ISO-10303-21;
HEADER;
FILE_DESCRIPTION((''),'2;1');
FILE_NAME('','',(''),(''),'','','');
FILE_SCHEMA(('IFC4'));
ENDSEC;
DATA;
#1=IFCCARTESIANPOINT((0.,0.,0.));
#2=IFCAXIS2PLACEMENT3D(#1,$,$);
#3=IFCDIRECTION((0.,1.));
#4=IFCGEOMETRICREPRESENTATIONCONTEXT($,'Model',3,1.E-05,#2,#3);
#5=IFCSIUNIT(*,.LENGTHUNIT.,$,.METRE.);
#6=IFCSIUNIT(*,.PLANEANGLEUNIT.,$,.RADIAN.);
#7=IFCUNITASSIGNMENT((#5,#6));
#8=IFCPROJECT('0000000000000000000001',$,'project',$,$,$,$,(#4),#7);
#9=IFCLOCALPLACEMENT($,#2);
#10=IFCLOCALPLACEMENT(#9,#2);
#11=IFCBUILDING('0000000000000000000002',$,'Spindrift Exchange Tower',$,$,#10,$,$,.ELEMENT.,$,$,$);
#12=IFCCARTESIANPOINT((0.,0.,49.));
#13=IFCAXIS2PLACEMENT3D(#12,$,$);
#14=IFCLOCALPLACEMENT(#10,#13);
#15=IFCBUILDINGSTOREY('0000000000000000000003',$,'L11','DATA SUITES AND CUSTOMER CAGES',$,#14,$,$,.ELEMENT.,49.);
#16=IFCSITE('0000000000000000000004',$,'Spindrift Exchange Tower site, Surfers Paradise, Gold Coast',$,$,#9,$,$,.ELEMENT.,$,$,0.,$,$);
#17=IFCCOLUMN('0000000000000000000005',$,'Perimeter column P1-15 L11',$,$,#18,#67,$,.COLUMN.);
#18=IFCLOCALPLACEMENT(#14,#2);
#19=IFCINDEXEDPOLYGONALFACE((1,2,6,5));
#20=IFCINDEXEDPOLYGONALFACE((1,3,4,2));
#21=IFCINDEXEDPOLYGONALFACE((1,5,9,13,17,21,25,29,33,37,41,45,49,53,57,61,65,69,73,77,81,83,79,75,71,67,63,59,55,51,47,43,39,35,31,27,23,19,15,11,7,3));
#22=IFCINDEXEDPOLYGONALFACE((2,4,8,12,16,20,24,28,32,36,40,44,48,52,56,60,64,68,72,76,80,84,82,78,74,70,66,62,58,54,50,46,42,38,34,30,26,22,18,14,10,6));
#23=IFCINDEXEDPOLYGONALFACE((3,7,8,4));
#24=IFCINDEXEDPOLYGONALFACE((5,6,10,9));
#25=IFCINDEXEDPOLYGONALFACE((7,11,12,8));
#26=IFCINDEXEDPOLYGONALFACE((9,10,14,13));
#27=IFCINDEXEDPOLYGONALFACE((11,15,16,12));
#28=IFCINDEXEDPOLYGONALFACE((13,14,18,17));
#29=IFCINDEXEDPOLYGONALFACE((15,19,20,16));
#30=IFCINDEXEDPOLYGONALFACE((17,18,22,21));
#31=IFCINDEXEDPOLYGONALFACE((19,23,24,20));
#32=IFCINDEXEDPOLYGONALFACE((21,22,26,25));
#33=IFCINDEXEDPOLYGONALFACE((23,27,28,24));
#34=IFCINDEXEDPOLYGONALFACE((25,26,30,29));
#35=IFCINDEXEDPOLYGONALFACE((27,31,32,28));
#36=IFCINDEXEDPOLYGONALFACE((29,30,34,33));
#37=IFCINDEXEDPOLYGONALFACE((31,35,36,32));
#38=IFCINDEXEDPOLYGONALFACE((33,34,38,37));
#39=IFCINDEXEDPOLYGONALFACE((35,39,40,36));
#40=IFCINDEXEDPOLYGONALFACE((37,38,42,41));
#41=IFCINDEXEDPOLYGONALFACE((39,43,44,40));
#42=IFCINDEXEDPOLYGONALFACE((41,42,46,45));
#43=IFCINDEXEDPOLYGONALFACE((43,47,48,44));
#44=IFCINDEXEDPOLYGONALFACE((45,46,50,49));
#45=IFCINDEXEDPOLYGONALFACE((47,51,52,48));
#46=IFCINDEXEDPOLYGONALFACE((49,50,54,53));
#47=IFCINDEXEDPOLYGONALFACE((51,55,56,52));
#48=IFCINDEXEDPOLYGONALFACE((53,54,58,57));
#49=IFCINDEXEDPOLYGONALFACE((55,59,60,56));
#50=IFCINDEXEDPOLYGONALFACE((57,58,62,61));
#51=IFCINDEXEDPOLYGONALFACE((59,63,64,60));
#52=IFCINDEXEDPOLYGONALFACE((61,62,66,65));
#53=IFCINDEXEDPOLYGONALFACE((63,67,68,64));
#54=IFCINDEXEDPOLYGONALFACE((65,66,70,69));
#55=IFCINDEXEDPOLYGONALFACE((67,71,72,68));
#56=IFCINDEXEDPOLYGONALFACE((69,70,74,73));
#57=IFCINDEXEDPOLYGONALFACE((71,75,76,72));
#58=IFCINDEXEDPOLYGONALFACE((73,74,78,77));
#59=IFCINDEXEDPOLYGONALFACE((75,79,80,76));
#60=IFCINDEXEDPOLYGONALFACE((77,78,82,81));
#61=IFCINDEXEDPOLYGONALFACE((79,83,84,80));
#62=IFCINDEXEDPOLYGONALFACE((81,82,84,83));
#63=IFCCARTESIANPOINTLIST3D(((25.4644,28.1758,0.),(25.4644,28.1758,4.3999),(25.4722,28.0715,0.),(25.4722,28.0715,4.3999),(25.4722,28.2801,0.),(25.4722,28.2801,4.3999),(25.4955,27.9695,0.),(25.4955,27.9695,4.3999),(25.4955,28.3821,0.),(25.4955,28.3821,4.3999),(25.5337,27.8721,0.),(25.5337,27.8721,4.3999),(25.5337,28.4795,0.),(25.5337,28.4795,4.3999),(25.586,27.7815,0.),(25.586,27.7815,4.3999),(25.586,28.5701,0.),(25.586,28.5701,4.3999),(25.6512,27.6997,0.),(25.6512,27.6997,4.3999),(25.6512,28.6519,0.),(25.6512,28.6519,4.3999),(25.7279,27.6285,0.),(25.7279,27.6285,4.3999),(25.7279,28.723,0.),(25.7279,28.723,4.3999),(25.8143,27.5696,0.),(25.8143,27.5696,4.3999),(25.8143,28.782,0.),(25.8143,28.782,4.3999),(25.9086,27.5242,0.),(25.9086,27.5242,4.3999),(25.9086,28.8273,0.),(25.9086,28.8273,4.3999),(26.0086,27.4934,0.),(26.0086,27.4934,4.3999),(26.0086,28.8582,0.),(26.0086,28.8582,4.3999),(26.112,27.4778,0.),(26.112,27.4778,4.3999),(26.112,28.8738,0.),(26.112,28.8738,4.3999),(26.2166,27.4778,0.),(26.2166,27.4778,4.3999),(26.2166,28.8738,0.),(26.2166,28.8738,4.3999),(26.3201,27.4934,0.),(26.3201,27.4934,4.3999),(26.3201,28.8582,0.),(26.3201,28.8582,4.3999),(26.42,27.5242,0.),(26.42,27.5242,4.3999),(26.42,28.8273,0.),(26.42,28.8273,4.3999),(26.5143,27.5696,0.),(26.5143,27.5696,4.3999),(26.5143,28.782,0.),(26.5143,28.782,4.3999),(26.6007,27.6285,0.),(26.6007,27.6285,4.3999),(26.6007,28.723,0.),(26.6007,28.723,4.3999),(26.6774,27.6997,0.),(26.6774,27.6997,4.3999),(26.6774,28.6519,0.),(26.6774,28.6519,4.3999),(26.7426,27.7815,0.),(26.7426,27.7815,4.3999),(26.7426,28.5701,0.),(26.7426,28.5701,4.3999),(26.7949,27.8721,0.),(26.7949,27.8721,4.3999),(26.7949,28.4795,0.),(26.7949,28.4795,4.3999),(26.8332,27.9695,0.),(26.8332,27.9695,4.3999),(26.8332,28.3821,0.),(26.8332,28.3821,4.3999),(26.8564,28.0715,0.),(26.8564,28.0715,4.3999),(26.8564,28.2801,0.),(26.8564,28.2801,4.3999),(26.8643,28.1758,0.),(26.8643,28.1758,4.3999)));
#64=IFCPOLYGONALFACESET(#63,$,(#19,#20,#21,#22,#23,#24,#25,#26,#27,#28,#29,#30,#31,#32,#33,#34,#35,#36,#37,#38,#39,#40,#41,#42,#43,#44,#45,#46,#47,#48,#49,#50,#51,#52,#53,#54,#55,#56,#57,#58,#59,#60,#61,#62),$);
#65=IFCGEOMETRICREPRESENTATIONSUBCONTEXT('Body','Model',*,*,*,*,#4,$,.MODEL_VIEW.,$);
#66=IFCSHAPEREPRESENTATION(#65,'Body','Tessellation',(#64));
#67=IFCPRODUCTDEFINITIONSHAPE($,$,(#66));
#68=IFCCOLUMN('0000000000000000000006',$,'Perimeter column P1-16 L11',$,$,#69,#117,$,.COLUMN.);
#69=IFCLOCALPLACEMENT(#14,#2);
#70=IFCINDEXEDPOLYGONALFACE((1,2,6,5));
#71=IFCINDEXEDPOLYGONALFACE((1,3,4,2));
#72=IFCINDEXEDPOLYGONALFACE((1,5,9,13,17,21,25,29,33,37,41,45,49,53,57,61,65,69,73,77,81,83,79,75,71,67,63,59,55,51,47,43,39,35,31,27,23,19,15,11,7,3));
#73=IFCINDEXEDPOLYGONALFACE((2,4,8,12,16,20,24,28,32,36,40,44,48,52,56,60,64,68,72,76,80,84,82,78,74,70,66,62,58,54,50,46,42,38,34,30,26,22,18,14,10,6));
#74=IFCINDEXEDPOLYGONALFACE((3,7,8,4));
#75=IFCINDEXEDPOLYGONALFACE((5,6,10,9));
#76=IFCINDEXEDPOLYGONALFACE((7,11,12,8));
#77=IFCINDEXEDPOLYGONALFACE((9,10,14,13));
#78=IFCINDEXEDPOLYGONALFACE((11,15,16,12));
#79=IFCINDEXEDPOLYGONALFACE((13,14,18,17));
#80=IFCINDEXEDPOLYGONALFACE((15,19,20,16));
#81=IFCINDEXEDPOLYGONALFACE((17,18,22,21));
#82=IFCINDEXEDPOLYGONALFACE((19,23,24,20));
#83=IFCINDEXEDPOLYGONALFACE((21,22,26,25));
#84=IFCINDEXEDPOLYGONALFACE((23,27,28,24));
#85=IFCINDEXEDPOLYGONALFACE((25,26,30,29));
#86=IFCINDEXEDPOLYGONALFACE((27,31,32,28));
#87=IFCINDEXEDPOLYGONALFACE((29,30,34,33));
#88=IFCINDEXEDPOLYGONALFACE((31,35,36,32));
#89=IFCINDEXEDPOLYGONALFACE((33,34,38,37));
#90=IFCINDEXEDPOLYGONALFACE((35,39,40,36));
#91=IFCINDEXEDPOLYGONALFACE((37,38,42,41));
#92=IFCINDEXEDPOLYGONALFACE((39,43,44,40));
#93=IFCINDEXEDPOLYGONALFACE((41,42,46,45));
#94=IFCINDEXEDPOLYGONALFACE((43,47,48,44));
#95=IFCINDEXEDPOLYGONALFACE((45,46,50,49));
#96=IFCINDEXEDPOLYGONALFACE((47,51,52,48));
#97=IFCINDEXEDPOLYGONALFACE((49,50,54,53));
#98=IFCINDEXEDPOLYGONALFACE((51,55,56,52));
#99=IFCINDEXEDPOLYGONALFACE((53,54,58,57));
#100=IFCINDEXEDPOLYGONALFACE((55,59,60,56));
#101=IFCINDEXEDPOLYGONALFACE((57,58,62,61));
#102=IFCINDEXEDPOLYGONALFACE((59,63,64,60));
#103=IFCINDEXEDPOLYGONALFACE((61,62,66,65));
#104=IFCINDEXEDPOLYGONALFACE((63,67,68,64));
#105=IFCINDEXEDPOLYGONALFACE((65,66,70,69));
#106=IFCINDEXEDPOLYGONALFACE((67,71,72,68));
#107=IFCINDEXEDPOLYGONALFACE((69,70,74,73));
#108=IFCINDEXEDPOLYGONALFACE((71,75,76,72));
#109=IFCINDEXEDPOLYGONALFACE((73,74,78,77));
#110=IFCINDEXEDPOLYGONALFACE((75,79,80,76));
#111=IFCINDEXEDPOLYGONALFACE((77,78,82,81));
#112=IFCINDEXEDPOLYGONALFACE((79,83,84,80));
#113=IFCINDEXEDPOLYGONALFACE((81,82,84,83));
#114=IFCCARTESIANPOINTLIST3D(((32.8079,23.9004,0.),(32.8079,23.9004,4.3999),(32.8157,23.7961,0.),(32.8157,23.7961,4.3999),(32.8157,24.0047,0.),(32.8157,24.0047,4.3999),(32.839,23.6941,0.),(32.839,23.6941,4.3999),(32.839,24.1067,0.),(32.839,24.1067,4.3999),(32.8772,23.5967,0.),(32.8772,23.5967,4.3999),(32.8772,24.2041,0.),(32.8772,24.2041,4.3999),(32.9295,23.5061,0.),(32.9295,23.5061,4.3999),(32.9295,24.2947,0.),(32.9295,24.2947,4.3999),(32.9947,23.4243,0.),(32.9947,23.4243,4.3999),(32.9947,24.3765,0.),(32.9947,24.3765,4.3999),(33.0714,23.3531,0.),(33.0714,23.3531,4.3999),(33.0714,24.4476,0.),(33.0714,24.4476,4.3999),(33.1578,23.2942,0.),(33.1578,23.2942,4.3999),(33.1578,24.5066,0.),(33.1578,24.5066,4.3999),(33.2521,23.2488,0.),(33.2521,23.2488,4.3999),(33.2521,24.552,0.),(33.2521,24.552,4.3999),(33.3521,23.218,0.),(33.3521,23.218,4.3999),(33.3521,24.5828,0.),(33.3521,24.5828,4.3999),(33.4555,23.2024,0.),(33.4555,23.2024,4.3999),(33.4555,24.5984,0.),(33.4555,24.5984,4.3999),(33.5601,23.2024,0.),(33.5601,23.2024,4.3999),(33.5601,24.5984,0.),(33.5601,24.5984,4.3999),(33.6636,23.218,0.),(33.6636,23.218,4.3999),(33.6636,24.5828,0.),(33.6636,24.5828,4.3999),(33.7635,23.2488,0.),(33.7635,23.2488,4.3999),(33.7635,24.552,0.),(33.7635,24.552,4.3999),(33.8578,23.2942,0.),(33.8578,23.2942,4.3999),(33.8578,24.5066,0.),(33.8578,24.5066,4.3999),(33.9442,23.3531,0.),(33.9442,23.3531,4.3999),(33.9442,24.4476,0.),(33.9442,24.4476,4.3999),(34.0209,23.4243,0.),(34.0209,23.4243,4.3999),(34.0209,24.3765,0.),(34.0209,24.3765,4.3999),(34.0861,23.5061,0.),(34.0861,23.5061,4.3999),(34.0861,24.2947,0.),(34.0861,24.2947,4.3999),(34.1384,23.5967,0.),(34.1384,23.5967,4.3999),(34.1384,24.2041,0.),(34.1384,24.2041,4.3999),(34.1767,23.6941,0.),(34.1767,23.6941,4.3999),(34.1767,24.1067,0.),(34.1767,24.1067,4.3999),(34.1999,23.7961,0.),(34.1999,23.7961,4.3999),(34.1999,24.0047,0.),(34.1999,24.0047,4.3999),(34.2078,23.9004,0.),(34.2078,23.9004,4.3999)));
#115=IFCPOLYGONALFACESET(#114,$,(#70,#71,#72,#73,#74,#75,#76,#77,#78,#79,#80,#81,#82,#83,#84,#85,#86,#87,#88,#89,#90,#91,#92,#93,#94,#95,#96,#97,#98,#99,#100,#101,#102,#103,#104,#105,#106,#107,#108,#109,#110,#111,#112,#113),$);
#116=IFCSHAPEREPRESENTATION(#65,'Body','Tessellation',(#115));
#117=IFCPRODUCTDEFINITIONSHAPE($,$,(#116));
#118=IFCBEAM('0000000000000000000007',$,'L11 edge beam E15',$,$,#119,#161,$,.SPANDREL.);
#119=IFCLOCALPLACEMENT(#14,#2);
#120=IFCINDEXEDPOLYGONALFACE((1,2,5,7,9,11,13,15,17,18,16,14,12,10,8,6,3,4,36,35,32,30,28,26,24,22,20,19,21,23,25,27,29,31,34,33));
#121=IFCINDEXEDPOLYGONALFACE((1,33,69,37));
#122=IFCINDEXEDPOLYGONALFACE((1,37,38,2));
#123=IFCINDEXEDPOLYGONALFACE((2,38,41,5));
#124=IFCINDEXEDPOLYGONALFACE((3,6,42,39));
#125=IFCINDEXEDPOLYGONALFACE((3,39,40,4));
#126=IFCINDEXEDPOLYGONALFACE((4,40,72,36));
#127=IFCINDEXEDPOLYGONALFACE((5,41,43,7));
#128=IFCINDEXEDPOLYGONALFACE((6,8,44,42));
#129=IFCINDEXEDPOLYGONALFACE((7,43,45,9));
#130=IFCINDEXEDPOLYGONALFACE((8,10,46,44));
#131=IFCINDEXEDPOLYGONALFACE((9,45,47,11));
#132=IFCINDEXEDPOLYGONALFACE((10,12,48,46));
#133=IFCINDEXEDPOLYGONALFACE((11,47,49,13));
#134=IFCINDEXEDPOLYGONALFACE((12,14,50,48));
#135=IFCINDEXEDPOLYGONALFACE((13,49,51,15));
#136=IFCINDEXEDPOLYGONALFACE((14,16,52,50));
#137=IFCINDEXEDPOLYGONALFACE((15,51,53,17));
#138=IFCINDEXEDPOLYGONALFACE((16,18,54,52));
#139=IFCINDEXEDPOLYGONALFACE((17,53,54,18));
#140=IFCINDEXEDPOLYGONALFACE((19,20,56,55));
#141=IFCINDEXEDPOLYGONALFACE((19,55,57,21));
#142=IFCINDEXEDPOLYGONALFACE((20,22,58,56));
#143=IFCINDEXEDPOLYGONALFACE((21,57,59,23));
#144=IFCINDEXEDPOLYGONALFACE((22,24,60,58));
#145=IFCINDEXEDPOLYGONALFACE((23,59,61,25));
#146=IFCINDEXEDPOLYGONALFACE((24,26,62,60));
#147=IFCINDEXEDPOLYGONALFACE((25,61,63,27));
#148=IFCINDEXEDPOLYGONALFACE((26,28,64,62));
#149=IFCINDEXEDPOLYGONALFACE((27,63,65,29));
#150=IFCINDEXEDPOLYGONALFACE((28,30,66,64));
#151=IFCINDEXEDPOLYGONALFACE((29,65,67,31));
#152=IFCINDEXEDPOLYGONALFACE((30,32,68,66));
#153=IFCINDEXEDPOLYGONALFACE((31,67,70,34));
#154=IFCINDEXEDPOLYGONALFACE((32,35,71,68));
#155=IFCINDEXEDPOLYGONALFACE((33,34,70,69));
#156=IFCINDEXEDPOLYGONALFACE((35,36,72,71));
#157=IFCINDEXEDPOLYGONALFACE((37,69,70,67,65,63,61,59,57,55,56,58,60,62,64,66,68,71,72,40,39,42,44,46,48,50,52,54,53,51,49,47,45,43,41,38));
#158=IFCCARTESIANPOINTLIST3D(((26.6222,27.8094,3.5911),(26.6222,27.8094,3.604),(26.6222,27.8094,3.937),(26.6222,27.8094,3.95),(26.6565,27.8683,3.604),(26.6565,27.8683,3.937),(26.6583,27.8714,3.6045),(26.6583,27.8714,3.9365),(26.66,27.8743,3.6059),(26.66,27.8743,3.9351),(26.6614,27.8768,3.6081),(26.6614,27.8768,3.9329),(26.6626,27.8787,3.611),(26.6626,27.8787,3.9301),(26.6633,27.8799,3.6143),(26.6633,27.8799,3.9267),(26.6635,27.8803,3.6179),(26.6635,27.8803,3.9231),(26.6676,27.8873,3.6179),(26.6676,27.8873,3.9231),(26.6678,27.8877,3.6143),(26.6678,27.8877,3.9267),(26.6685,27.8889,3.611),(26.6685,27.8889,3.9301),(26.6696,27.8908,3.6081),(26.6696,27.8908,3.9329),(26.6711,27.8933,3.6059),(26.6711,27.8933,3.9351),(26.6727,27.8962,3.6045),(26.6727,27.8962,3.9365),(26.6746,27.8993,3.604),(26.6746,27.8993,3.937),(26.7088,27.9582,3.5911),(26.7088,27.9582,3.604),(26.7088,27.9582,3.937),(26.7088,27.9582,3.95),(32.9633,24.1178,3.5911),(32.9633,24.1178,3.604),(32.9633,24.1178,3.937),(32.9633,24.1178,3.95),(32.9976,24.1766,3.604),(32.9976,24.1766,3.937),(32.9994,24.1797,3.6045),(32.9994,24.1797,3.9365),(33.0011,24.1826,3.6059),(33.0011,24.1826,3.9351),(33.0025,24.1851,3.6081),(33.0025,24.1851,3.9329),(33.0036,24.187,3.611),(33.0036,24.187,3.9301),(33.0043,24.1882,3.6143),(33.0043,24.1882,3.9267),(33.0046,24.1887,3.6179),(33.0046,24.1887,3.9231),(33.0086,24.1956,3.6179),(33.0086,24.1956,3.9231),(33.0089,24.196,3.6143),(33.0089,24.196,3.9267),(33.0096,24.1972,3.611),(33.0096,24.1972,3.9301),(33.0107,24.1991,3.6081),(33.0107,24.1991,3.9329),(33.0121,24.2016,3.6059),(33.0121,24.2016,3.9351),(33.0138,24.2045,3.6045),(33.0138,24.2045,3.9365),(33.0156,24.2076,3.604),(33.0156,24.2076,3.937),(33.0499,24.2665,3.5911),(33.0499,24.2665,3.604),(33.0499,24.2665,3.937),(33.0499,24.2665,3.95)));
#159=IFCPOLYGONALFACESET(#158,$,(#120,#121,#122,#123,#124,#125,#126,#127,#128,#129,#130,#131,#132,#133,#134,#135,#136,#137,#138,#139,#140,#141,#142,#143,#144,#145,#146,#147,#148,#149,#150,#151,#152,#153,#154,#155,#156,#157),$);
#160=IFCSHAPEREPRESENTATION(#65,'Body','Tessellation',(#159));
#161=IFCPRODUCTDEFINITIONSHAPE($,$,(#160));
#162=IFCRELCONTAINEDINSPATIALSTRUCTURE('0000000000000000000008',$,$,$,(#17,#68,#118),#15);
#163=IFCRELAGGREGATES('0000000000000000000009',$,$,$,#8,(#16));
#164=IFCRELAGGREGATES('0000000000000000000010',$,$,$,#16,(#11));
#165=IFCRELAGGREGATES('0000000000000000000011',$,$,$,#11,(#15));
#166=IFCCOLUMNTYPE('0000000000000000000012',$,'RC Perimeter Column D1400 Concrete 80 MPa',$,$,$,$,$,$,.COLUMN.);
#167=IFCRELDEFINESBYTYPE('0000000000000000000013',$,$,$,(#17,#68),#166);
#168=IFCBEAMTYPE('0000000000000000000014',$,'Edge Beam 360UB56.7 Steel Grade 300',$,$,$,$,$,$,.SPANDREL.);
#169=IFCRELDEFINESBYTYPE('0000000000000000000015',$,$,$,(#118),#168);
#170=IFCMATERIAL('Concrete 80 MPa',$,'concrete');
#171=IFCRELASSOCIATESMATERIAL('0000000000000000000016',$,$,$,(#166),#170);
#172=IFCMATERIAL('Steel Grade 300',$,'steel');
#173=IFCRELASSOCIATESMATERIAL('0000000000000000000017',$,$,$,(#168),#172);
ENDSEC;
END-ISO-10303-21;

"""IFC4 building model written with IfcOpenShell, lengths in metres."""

from ifc_helpers import new_model, si_unit, direction, frame, origin, origin_2d, place, context, subcontext, project, spatial, circle, i_section, extrude, source, transform, mapped, material, material_profile, profile_set, type_object, element, save


model = new_model("IFC4")

# Units and contexts
model_context = context("Model", 3, precision=1e-05, world=origin(), true_north=direction((0.0, 1.0)))
body_context = subcontext(model_context, "Body", "Model", "MODEL_VIEW")
ifc_project = project(units=[si_unit("LENGTHUNIT", "METRE"), si_unit("PLANEANGLEUNIT", "RADIAN")], contexts=[model_context])

# Site, building, storey
site_placement = place(None, origin())
site = spatial("IfcSite", under=ifc_project, at=site_placement, Name="Spindrift Exchange Tower site, Surfers Paradise, Gold Coast", CompositionType="ELEMENT", RefElevation=0.0)
building_placement = place(site_placement, origin())
building = spatial("IfcBuilding", under=site, at=building_placement, Name="Spindrift Exchange Tower", CompositionType="ELEMENT")
storey_placement = place(building_placement, frame((0.0, 0.0, 49.0)))
storey = spatial("IfcBuildingStorey", under=building, at=storey_placement, Name="L11", Description="DATA SUITES AND CUSTOMER CAGES", CompositionType="ELEMENT", Elevation=49.0)

# Columns
ifc_material_1 = material(Name="Concrete 80 MPa", Category="concrete")
ifc_material_profile_1 = material_profile(ifc_material_1, circle(Radius=0.7, at=origin_2d()), Name="RC D1400")
ifc_profile_set_1 = profile_set([ifc_material_profile_1], Name="Concrete 80 MPa")
column_type = type_object("IfcColumnType", Name="RC Perimeter Column D1400 Concrete 80 MPa", PredefinedType="COLUMN", material=ifc_profile_set_1)
shared_shape_1 = source(origin(), body_context, "Body", "SweptSolid", [
    extrude(circle(Radius=0.7, at=origin_2d()), origin(), (0.0, 0.0, 1.0), 4.3999),
])
for number, where, z_axis, x_axis, name in (
    (1, (26.1643, 28.1758, 0.0), (0.0, 0.0, 1.0), (1.0, 0.0, 0.0), "Perimeter column P1-15 L11"),
    (2, (33.5078, 23.9004, 0.0), (0.0, 0.0, 1.0), (1.0, 0.0, 0.0), "Perimeter column P1-16 L11"),
):
    element("IfcColumn", number, at=place(storey_placement, frame(where, z_axis=z_axis, x_axis=x_axis)), inside=storey, type_object=column_type, Name=name, PredefinedType="COLUMN", context=body_context, shape_type="MappedRepresentation", body=[
        mapped(shared_shape_1, transform((0.0, 0.0, 0.0), scale=1.0)),
    ])

# Beam
ifc_material_2 = material(Name="Steel Grade 300", Category="steel")
ifc_material_profile_2 = material_profile(ifc_material_2, i_section(OverallWidth=0.1721, OverallDepth=0.3589, WebThickness=0.0081, FlangeThickness=0.0129, FilletRadius=0.0139, at=origin_2d()), Name="360UB56.7")
ifc_profile_set_2 = profile_set([ifc_material_profile_2], Name="Steel Grade 300")
beam_type_1 = type_object("IfcBeamType", Name="Edge Beam 360UB56.7 Steel Grade 300", PredefinedType="SPANDREL", material=ifc_profile_set_2)
shared_shape_2 = source(origin(), body_context, "Body", "SweptSolid", [
    extrude(i_section(OverallWidth=0.1721, OverallDepth=0.3589, WebThickness=0.0081, FlangeThickness=0.0129, FilletRadius=0.0139, at=origin_2d()), origin(), (0.0, 0.0, 1.0), 7.3374),
])
beam_1_placement = place(storey_placement, frame((26.6655, 27.8838, 3.7705), z_axis=(0.864212, -0.503128, 0.0), x_axis=(0.503128, 0.864212, 0.0)))
element("IfcBeam", 3, at=beam_1_placement, inside=storey, type_object=beam_type_1, Name="L11 edge beam E15", PredefinedType="SPANDREL", context=body_context, shape_type="MappedRepresentation", body=[
    mapped(shared_shape_2, transform((0.0, 0.0, 0.0), scale=1.0)),
])

save(model, "model.ifc")
